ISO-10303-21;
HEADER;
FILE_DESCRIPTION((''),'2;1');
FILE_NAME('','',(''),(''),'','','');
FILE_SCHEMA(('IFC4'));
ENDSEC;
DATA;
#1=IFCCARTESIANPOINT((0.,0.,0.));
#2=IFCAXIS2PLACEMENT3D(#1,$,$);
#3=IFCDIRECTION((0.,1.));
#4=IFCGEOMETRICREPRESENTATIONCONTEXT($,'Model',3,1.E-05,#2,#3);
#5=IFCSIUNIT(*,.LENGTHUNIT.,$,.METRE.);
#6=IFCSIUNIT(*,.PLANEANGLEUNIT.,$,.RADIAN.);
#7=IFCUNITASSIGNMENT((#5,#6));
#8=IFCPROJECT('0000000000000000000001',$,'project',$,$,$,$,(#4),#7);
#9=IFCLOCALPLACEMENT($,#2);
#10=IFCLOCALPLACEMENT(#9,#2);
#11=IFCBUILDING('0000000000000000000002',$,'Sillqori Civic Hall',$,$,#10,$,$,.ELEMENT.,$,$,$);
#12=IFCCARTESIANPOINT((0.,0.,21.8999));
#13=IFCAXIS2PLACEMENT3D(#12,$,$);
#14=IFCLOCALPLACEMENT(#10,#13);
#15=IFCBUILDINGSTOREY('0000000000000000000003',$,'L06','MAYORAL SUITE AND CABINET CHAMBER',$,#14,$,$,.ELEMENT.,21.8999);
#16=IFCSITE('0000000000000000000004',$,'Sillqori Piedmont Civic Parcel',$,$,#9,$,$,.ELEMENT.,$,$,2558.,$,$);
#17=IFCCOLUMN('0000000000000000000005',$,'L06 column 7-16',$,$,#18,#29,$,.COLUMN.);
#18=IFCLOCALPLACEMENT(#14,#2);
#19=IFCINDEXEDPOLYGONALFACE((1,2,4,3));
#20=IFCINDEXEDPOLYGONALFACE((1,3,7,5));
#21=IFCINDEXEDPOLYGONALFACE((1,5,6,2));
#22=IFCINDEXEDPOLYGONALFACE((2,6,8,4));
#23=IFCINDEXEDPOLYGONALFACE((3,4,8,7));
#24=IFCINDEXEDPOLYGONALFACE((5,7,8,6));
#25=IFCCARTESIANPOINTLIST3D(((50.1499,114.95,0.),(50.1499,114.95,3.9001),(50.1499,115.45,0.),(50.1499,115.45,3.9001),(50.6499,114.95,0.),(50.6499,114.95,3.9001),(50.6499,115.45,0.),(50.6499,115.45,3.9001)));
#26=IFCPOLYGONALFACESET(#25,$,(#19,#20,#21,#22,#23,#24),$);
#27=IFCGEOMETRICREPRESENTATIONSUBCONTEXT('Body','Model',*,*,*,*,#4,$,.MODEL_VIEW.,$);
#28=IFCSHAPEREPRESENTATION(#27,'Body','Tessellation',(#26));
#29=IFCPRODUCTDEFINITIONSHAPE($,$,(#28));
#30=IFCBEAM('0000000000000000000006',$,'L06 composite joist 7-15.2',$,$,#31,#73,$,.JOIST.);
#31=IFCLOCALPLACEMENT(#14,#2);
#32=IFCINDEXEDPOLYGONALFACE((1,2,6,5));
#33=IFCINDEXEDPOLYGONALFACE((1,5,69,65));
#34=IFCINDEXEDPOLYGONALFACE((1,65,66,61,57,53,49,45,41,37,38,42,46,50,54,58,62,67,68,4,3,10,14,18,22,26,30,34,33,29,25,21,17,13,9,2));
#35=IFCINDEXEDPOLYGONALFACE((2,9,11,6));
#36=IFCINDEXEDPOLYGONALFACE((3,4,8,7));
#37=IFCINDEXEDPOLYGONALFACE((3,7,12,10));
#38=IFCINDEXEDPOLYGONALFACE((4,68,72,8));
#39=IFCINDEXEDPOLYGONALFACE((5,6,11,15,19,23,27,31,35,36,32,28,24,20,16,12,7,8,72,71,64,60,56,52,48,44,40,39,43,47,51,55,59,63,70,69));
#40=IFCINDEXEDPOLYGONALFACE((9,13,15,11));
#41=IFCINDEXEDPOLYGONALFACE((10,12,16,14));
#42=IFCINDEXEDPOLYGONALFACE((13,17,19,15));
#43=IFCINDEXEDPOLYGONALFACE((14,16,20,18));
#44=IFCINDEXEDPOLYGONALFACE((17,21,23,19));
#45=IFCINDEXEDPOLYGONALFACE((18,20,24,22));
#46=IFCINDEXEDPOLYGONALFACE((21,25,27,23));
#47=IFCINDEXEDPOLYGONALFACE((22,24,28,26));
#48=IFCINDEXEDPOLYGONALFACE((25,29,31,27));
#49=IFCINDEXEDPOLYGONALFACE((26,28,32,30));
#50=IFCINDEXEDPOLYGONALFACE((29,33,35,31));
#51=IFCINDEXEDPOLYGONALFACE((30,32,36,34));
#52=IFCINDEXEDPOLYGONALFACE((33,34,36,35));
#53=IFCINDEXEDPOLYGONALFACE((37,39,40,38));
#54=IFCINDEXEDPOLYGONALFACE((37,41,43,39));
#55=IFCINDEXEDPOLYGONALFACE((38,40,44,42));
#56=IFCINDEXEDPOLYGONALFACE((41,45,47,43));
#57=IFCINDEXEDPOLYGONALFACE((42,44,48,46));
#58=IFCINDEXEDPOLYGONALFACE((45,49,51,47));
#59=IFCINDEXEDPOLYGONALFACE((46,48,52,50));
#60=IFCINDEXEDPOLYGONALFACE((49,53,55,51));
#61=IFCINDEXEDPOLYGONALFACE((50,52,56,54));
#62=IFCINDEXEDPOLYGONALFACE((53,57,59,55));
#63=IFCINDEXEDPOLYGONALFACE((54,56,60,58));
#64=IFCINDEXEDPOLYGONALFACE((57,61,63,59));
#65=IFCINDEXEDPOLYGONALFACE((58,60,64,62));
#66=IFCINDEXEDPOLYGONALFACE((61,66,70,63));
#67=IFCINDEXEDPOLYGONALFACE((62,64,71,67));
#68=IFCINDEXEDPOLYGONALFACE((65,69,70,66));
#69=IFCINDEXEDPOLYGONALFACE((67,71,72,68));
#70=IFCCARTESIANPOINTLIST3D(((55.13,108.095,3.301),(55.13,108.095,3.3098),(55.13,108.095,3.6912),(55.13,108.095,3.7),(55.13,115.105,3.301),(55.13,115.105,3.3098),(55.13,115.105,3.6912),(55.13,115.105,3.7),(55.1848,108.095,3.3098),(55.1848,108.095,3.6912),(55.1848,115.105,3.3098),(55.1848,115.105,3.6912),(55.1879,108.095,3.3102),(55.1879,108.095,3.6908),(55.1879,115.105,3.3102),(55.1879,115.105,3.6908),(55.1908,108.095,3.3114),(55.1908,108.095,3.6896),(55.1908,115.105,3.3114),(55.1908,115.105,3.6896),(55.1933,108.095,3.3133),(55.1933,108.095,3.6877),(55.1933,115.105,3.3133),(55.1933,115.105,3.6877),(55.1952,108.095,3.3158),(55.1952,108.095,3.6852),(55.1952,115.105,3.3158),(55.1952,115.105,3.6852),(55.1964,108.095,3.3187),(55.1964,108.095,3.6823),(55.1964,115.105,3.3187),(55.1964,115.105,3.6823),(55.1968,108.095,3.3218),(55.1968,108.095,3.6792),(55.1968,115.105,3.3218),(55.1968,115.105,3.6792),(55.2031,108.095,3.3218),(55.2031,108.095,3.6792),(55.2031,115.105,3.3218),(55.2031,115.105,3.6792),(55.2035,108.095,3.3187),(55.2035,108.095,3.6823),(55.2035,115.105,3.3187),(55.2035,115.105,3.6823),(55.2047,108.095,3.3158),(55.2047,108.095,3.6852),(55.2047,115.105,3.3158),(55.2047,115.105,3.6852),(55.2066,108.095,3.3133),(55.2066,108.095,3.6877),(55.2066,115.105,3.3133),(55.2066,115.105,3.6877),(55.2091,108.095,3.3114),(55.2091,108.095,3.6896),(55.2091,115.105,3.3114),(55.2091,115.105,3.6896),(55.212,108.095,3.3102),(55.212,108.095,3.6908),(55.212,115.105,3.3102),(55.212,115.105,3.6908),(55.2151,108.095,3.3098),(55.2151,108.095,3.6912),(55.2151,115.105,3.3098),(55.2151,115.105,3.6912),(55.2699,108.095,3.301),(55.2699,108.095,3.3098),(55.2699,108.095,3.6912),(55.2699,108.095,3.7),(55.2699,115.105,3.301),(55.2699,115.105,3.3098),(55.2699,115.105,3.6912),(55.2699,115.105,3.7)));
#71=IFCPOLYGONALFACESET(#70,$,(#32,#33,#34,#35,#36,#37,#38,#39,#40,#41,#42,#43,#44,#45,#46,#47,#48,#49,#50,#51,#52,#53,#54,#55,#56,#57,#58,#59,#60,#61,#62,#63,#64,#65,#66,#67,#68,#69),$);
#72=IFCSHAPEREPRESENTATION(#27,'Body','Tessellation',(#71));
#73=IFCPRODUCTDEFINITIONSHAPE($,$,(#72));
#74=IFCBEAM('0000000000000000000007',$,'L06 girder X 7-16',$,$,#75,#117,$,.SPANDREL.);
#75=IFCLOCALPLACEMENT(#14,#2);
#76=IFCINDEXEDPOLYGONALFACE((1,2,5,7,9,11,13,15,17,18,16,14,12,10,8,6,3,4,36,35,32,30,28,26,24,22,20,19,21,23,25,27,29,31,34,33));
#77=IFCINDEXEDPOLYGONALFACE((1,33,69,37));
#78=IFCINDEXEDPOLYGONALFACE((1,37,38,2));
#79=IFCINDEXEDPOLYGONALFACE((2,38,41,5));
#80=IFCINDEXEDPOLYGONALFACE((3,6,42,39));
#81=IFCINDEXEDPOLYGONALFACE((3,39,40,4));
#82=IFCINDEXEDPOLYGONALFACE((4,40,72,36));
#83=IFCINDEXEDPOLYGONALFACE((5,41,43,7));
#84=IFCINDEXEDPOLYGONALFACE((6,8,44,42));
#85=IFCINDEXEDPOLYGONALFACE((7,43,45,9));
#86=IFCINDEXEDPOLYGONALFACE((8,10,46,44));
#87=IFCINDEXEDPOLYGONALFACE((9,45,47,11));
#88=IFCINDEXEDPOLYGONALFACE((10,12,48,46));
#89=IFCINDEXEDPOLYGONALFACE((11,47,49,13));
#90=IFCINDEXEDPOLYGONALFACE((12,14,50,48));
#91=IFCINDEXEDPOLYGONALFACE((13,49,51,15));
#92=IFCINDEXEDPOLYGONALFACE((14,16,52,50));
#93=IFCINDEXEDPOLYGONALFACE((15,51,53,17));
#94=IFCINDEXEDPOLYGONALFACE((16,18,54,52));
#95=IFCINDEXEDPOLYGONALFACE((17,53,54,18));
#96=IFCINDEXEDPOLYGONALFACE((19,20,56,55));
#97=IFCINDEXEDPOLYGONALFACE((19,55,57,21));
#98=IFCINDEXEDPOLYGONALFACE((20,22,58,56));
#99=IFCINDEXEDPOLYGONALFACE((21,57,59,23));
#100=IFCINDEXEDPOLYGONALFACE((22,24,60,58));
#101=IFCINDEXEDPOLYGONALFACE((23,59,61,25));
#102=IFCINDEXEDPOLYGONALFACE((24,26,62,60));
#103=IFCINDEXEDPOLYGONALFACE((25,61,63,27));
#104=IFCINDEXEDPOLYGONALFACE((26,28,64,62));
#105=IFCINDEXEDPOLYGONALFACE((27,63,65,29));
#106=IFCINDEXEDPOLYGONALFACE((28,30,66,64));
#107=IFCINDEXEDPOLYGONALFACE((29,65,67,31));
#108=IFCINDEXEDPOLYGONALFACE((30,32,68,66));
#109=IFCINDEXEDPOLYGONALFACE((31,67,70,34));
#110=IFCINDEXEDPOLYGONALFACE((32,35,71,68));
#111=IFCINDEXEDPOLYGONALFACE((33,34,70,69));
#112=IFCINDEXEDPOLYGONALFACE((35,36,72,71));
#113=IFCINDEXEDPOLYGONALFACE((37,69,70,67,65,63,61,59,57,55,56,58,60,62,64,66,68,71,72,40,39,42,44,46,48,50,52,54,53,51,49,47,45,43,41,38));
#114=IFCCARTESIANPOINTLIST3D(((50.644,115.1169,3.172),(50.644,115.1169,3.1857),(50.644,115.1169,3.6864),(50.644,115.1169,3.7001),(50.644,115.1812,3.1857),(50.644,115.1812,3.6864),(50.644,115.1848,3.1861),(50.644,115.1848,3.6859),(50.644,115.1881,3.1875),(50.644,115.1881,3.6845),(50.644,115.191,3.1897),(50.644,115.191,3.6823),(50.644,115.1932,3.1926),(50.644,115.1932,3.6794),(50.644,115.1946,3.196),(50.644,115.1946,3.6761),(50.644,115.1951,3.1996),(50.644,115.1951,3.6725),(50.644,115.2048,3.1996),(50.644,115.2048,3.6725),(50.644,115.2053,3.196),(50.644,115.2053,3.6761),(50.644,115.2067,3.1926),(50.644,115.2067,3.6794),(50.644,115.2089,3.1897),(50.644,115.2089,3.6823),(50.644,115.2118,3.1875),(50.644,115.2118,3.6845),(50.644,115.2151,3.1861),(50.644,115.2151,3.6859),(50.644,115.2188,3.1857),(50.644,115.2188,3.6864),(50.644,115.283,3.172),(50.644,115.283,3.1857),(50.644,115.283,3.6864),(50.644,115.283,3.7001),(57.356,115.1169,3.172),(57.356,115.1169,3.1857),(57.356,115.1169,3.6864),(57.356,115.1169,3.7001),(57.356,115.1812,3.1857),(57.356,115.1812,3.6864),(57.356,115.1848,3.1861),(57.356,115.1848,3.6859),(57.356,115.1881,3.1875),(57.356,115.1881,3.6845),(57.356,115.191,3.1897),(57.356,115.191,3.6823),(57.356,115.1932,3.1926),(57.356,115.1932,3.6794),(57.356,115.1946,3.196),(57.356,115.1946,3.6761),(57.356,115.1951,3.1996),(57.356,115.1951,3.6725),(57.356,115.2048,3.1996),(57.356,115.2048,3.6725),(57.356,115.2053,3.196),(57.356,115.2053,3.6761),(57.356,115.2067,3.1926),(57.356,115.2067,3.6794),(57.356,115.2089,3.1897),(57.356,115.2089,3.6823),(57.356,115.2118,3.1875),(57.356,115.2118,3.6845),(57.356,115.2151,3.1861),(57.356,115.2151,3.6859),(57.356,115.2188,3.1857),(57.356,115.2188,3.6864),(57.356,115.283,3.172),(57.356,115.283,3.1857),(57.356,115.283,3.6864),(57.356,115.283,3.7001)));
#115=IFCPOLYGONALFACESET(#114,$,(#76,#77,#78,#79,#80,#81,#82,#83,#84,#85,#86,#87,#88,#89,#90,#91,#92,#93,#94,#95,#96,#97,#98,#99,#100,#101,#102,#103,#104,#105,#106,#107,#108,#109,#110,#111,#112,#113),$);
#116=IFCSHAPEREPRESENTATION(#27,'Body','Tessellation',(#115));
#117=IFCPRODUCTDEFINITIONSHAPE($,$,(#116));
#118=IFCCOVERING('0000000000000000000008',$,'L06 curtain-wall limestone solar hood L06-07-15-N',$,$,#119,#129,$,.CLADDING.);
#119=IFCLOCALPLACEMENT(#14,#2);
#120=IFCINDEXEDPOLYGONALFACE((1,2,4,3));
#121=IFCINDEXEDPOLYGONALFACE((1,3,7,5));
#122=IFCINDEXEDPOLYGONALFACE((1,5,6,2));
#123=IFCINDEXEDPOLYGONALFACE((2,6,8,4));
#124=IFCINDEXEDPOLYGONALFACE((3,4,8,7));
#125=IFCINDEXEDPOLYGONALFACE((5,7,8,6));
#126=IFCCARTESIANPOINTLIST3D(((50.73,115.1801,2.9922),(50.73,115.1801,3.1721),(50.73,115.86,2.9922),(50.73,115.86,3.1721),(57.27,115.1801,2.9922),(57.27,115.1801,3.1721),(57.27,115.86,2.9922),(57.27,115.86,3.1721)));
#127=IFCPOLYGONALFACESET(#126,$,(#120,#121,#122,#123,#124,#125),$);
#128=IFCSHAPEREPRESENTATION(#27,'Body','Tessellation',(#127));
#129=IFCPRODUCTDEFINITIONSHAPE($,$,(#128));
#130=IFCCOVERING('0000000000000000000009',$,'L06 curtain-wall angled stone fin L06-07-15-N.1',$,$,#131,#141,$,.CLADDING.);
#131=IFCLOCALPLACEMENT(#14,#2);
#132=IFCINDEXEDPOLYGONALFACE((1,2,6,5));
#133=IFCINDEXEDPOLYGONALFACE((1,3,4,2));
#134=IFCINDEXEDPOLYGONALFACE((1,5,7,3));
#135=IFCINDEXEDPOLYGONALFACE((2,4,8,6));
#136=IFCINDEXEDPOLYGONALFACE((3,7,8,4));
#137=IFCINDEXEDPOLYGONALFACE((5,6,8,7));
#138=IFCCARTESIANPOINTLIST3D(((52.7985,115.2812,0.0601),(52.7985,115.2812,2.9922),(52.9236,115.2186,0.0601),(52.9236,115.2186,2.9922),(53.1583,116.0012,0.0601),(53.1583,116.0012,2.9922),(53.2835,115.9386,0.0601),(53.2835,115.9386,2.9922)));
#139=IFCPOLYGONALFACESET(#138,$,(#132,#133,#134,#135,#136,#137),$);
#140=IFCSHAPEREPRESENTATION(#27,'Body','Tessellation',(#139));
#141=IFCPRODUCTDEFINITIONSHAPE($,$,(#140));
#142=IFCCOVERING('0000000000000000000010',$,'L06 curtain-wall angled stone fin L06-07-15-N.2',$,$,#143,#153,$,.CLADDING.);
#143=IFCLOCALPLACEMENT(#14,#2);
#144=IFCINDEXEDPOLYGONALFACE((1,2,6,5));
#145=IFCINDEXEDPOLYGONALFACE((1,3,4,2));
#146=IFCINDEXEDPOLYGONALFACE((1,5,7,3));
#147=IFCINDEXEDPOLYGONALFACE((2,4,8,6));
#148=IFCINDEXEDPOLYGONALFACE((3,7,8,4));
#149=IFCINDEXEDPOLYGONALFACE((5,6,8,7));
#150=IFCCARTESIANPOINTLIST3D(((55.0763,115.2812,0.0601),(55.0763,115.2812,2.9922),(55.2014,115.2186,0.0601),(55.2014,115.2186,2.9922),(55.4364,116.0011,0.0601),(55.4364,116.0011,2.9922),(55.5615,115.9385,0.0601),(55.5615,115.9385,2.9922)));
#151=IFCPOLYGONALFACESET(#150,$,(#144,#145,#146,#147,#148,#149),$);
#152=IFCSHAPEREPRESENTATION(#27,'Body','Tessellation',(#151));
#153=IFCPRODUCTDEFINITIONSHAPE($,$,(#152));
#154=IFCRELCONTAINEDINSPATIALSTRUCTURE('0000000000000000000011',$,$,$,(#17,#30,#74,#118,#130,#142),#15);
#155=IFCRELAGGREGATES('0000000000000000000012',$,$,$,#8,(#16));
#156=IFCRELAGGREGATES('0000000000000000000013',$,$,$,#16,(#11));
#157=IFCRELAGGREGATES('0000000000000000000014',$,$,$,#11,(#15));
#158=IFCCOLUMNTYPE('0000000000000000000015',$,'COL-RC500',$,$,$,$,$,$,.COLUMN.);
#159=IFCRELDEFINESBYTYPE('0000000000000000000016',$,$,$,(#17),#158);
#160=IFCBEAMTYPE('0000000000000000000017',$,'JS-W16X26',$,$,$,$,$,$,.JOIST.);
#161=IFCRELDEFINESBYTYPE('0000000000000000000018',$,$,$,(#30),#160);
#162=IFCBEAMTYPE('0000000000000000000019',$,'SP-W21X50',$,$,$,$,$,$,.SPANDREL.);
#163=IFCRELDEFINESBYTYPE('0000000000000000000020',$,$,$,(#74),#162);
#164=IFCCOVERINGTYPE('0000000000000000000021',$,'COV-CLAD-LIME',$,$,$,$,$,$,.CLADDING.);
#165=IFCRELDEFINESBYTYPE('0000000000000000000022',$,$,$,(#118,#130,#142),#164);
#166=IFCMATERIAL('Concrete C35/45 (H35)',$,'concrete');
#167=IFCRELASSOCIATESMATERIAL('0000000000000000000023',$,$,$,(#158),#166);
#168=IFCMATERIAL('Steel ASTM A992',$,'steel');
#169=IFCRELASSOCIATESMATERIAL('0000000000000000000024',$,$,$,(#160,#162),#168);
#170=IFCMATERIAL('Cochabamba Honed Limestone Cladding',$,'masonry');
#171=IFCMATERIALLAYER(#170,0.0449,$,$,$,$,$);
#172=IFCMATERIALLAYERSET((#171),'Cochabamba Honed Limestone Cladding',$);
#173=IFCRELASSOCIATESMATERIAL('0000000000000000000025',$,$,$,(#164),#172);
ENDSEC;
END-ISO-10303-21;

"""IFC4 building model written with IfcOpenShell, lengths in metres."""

from ifc_helpers import new_model, si_unit, direction, frame, frame_2d, origin, origin_2d, place, context, subcontext, project, spatial, rectangle, i_section, extrude, material, layer, layer_set, material_profile, profile_set, type_object, element, save


model = new_model("IFC4")

# Units and contexts
model_context = context("Model", 3, precision=1e-05, world=origin(), true_north=direction((0.0, 1.0)))
body_context = subcontext(model_context, "Body", "Model", "MODEL_VIEW")
ifc_project = project(units=[si_unit("LENGTHUNIT", "METRE"), si_unit("PLANEANGLEUNIT", "RADIAN")], contexts=[model_context])

# Site, building, storey
site_placement = place(None, origin())
site = spatial("IfcSite", under=ifc_project, at=site_placement, Name="Sillqori Piedmont Civic Parcel", CompositionType="ELEMENT", RefElevation=2558.0)
building_placement = place(site_placement, origin())
building = spatial("IfcBuilding", under=site, at=building_placement, Name="Sillqori Civic Hall", CompositionType="ELEMENT")
storey_placement = place(building_placement, frame((0.0, 0.0, 21.8999)))
storey = spatial("IfcBuildingStorey", under=building, at=storey_placement, Name="L06", Description="MAYORAL SUITE AND CABINET CHAMBER", CompositionType="ELEMENT", Elevation=21.8999)

# Column
ifc_material_1 = material(Name="Concrete C35/45 (H35)", Category="concrete")
ifc_material_profile_1 = material_profile(ifc_material_1, rectangle(XDim=0.5, YDim=0.5, at=origin_2d()), Name="RC 500x500")
ifc_profile_set_1 = profile_set([ifc_material_profile_1], Name="Concrete C35/45 (H35)")
column_type = type_object("IfcColumnType", Name="COL-RC500", PredefinedType="COLUMN", material=ifc_profile_set_1)
column_placement = place(storey_placement, frame((50.3999, 115.2, 0.0), z_axis=(0.0, 0.0, 1.0), x_axis=(1.0, 0.0, 0.0)))
element("IfcColumn", 1, at=column_placement, inside=storey, type_object=column_type, Name="L06 column 7-16", PredefinedType="COLUMN", context=body_context, shape_type="SweptSolid", body=[
    extrude(rectangle(XDim=0.5, YDim=0.5, at=origin_2d()), origin(), (0.0, 0.0, 1.0), 3.9001),
])

# Beams
ifc_material_2 = material(Name="Steel ASTM A992", Category="steel")
ifc_material_profile_2 = material_profile(ifc_material_2, i_section(OverallWidth=0.1399, OverallDepth=0.3989, WebThickness=0.0063, FlangeThickness=0.0088, FilletRadius=0.012, at=origin_2d()), Name="W16X26")
ifc_profile_set_2 = profile_set([ifc_material_profile_2], Name="Steel ASTM A992")
beam_type_1 = type_object("IfcBeamType", Name="JS-W16X26", PredefinedType="JOIST", material=ifc_profile_set_2)
beam_1_placement = place(storey_placement, frame((55.2, 108.095, 3.5005), z_axis=(0.0, 1.0, 0.0), x_axis=(-1.0, 0.0, 0.0)))
element("IfcBeam", 2, at=beam_1_placement, inside=storey, type_object=beam_type_1, Name="L06 composite joist 7-15.2", PredefinedType="JOIST", context=body_context, shape_type="SweptSolid", body=[
    extrude(i_section(OverallWidth=0.1399, OverallDepth=0.3989, WebThickness=0.0063, FlangeThickness=0.0088, FilletRadius=0.012, at=origin_2d()), origin(), (0.0, 0.0, 1.0), 7.01),
])
ifc_material_profile_3 = material_profile(ifc_material_2, i_section(OverallWidth=0.166, OverallDepth=0.5281, WebThickness=0.0098, FlangeThickness=0.0137, FilletRadius=0.0139, at=origin_2d()), Name="W21X50")
ifc_profile_set_3 = profile_set([ifc_material_profile_3], Name="Steel ASTM A992")
beam_type_2 = type_object("IfcBeamType", Name="SP-W21X50", PredefinedType="SPANDREL", material=ifc_profile_set_3)
beam_2_placement = place(storey_placement, frame((50.644, 115.2, 3.436), z_axis=(1.0, 0.0, 0.0), x_axis=(0.0, 1.0, 0.0)))
element("IfcBeam", 3, at=beam_2_placement, inside=storey, type_object=beam_type_2, Name="L06 girder X 7-16", PredefinedType="SPANDREL", context=body_context, shape_type="SweptSolid", body=[
    extrude(i_section(OverallWidth=0.166, OverallDepth=0.5281, WebThickness=0.0098, FlangeThickness=0.0137, FilletRadius=0.0139, at=origin_2d()), origin(), (0.0, 0.0, 1.0), 6.7119),
])

# Coverings
ifc_material_3 = material(Name="Cochabamba Honed Limestone Cladding", Category="masonry")
ifc_layer_1 = layer(ifc_material_3, 0.0449)
ifc_layer_set_1 = layer_set([ifc_layer_1], Name="Cochabamba Honed Limestone Cladding")
covering_type = type_object("IfcCoveringType", Name="COV-CLAD-LIME", PredefinedType="CLADDING", material=ifc_layer_set_1)
covering_placement = place(storey_placement, frame((50.73, 115.52, 2.9922), z_axis=(0.0, 0.0, 1.0), x_axis=(1.0, 0.0, 0.0)))
element("IfcCovering", 4, at=covering_placement, inside=storey, type_object=covering_type, Name="L06 curtain-wall limestone solar hood L06-07-15-N", PredefinedType="CLADDING", context=body_context, shape_type="SweptSolid", body=[
    extrude(rectangle(XDim=6.54, YDim=0.6799, at=frame_2d((3.27, 0.0))), origin(), (0.0, 0.0, 1.0), 0.1799),
])
for number, where, z_axis, x_axis, name in (
    (5, (52.8611, 115.25, 0.0601), (0.0, 0.0, 1.0), (0.447092, 0.894488, 0.0), "L06 curtain-wall angled stone fin L06-07-15-N.1"),
    (6, (55.1389, 115.25, 0.0601), (0.0, 0.0, 1.0), (0.447335, 0.894367, 0.0), "L06 curtain-wall angled stone fin L06-07-15-N.2"),
):
    element("IfcCovering", number, at=place(storey_placement, frame(where, z_axis=z_axis, x_axis=x_axis)), inside=storey, type_object=covering_type, Name=name, PredefinedType="CLADDING", context=body_context, shape_type="SweptSolid", body=[
        extrude(rectangle(XDim=0.8049, YDim=0.1399, at=frame_2d((0.4023, 0.0))), origin(), (0.0, 0.0, 1.0), 2.9321),
    ])

save(model, "model.ifc")
